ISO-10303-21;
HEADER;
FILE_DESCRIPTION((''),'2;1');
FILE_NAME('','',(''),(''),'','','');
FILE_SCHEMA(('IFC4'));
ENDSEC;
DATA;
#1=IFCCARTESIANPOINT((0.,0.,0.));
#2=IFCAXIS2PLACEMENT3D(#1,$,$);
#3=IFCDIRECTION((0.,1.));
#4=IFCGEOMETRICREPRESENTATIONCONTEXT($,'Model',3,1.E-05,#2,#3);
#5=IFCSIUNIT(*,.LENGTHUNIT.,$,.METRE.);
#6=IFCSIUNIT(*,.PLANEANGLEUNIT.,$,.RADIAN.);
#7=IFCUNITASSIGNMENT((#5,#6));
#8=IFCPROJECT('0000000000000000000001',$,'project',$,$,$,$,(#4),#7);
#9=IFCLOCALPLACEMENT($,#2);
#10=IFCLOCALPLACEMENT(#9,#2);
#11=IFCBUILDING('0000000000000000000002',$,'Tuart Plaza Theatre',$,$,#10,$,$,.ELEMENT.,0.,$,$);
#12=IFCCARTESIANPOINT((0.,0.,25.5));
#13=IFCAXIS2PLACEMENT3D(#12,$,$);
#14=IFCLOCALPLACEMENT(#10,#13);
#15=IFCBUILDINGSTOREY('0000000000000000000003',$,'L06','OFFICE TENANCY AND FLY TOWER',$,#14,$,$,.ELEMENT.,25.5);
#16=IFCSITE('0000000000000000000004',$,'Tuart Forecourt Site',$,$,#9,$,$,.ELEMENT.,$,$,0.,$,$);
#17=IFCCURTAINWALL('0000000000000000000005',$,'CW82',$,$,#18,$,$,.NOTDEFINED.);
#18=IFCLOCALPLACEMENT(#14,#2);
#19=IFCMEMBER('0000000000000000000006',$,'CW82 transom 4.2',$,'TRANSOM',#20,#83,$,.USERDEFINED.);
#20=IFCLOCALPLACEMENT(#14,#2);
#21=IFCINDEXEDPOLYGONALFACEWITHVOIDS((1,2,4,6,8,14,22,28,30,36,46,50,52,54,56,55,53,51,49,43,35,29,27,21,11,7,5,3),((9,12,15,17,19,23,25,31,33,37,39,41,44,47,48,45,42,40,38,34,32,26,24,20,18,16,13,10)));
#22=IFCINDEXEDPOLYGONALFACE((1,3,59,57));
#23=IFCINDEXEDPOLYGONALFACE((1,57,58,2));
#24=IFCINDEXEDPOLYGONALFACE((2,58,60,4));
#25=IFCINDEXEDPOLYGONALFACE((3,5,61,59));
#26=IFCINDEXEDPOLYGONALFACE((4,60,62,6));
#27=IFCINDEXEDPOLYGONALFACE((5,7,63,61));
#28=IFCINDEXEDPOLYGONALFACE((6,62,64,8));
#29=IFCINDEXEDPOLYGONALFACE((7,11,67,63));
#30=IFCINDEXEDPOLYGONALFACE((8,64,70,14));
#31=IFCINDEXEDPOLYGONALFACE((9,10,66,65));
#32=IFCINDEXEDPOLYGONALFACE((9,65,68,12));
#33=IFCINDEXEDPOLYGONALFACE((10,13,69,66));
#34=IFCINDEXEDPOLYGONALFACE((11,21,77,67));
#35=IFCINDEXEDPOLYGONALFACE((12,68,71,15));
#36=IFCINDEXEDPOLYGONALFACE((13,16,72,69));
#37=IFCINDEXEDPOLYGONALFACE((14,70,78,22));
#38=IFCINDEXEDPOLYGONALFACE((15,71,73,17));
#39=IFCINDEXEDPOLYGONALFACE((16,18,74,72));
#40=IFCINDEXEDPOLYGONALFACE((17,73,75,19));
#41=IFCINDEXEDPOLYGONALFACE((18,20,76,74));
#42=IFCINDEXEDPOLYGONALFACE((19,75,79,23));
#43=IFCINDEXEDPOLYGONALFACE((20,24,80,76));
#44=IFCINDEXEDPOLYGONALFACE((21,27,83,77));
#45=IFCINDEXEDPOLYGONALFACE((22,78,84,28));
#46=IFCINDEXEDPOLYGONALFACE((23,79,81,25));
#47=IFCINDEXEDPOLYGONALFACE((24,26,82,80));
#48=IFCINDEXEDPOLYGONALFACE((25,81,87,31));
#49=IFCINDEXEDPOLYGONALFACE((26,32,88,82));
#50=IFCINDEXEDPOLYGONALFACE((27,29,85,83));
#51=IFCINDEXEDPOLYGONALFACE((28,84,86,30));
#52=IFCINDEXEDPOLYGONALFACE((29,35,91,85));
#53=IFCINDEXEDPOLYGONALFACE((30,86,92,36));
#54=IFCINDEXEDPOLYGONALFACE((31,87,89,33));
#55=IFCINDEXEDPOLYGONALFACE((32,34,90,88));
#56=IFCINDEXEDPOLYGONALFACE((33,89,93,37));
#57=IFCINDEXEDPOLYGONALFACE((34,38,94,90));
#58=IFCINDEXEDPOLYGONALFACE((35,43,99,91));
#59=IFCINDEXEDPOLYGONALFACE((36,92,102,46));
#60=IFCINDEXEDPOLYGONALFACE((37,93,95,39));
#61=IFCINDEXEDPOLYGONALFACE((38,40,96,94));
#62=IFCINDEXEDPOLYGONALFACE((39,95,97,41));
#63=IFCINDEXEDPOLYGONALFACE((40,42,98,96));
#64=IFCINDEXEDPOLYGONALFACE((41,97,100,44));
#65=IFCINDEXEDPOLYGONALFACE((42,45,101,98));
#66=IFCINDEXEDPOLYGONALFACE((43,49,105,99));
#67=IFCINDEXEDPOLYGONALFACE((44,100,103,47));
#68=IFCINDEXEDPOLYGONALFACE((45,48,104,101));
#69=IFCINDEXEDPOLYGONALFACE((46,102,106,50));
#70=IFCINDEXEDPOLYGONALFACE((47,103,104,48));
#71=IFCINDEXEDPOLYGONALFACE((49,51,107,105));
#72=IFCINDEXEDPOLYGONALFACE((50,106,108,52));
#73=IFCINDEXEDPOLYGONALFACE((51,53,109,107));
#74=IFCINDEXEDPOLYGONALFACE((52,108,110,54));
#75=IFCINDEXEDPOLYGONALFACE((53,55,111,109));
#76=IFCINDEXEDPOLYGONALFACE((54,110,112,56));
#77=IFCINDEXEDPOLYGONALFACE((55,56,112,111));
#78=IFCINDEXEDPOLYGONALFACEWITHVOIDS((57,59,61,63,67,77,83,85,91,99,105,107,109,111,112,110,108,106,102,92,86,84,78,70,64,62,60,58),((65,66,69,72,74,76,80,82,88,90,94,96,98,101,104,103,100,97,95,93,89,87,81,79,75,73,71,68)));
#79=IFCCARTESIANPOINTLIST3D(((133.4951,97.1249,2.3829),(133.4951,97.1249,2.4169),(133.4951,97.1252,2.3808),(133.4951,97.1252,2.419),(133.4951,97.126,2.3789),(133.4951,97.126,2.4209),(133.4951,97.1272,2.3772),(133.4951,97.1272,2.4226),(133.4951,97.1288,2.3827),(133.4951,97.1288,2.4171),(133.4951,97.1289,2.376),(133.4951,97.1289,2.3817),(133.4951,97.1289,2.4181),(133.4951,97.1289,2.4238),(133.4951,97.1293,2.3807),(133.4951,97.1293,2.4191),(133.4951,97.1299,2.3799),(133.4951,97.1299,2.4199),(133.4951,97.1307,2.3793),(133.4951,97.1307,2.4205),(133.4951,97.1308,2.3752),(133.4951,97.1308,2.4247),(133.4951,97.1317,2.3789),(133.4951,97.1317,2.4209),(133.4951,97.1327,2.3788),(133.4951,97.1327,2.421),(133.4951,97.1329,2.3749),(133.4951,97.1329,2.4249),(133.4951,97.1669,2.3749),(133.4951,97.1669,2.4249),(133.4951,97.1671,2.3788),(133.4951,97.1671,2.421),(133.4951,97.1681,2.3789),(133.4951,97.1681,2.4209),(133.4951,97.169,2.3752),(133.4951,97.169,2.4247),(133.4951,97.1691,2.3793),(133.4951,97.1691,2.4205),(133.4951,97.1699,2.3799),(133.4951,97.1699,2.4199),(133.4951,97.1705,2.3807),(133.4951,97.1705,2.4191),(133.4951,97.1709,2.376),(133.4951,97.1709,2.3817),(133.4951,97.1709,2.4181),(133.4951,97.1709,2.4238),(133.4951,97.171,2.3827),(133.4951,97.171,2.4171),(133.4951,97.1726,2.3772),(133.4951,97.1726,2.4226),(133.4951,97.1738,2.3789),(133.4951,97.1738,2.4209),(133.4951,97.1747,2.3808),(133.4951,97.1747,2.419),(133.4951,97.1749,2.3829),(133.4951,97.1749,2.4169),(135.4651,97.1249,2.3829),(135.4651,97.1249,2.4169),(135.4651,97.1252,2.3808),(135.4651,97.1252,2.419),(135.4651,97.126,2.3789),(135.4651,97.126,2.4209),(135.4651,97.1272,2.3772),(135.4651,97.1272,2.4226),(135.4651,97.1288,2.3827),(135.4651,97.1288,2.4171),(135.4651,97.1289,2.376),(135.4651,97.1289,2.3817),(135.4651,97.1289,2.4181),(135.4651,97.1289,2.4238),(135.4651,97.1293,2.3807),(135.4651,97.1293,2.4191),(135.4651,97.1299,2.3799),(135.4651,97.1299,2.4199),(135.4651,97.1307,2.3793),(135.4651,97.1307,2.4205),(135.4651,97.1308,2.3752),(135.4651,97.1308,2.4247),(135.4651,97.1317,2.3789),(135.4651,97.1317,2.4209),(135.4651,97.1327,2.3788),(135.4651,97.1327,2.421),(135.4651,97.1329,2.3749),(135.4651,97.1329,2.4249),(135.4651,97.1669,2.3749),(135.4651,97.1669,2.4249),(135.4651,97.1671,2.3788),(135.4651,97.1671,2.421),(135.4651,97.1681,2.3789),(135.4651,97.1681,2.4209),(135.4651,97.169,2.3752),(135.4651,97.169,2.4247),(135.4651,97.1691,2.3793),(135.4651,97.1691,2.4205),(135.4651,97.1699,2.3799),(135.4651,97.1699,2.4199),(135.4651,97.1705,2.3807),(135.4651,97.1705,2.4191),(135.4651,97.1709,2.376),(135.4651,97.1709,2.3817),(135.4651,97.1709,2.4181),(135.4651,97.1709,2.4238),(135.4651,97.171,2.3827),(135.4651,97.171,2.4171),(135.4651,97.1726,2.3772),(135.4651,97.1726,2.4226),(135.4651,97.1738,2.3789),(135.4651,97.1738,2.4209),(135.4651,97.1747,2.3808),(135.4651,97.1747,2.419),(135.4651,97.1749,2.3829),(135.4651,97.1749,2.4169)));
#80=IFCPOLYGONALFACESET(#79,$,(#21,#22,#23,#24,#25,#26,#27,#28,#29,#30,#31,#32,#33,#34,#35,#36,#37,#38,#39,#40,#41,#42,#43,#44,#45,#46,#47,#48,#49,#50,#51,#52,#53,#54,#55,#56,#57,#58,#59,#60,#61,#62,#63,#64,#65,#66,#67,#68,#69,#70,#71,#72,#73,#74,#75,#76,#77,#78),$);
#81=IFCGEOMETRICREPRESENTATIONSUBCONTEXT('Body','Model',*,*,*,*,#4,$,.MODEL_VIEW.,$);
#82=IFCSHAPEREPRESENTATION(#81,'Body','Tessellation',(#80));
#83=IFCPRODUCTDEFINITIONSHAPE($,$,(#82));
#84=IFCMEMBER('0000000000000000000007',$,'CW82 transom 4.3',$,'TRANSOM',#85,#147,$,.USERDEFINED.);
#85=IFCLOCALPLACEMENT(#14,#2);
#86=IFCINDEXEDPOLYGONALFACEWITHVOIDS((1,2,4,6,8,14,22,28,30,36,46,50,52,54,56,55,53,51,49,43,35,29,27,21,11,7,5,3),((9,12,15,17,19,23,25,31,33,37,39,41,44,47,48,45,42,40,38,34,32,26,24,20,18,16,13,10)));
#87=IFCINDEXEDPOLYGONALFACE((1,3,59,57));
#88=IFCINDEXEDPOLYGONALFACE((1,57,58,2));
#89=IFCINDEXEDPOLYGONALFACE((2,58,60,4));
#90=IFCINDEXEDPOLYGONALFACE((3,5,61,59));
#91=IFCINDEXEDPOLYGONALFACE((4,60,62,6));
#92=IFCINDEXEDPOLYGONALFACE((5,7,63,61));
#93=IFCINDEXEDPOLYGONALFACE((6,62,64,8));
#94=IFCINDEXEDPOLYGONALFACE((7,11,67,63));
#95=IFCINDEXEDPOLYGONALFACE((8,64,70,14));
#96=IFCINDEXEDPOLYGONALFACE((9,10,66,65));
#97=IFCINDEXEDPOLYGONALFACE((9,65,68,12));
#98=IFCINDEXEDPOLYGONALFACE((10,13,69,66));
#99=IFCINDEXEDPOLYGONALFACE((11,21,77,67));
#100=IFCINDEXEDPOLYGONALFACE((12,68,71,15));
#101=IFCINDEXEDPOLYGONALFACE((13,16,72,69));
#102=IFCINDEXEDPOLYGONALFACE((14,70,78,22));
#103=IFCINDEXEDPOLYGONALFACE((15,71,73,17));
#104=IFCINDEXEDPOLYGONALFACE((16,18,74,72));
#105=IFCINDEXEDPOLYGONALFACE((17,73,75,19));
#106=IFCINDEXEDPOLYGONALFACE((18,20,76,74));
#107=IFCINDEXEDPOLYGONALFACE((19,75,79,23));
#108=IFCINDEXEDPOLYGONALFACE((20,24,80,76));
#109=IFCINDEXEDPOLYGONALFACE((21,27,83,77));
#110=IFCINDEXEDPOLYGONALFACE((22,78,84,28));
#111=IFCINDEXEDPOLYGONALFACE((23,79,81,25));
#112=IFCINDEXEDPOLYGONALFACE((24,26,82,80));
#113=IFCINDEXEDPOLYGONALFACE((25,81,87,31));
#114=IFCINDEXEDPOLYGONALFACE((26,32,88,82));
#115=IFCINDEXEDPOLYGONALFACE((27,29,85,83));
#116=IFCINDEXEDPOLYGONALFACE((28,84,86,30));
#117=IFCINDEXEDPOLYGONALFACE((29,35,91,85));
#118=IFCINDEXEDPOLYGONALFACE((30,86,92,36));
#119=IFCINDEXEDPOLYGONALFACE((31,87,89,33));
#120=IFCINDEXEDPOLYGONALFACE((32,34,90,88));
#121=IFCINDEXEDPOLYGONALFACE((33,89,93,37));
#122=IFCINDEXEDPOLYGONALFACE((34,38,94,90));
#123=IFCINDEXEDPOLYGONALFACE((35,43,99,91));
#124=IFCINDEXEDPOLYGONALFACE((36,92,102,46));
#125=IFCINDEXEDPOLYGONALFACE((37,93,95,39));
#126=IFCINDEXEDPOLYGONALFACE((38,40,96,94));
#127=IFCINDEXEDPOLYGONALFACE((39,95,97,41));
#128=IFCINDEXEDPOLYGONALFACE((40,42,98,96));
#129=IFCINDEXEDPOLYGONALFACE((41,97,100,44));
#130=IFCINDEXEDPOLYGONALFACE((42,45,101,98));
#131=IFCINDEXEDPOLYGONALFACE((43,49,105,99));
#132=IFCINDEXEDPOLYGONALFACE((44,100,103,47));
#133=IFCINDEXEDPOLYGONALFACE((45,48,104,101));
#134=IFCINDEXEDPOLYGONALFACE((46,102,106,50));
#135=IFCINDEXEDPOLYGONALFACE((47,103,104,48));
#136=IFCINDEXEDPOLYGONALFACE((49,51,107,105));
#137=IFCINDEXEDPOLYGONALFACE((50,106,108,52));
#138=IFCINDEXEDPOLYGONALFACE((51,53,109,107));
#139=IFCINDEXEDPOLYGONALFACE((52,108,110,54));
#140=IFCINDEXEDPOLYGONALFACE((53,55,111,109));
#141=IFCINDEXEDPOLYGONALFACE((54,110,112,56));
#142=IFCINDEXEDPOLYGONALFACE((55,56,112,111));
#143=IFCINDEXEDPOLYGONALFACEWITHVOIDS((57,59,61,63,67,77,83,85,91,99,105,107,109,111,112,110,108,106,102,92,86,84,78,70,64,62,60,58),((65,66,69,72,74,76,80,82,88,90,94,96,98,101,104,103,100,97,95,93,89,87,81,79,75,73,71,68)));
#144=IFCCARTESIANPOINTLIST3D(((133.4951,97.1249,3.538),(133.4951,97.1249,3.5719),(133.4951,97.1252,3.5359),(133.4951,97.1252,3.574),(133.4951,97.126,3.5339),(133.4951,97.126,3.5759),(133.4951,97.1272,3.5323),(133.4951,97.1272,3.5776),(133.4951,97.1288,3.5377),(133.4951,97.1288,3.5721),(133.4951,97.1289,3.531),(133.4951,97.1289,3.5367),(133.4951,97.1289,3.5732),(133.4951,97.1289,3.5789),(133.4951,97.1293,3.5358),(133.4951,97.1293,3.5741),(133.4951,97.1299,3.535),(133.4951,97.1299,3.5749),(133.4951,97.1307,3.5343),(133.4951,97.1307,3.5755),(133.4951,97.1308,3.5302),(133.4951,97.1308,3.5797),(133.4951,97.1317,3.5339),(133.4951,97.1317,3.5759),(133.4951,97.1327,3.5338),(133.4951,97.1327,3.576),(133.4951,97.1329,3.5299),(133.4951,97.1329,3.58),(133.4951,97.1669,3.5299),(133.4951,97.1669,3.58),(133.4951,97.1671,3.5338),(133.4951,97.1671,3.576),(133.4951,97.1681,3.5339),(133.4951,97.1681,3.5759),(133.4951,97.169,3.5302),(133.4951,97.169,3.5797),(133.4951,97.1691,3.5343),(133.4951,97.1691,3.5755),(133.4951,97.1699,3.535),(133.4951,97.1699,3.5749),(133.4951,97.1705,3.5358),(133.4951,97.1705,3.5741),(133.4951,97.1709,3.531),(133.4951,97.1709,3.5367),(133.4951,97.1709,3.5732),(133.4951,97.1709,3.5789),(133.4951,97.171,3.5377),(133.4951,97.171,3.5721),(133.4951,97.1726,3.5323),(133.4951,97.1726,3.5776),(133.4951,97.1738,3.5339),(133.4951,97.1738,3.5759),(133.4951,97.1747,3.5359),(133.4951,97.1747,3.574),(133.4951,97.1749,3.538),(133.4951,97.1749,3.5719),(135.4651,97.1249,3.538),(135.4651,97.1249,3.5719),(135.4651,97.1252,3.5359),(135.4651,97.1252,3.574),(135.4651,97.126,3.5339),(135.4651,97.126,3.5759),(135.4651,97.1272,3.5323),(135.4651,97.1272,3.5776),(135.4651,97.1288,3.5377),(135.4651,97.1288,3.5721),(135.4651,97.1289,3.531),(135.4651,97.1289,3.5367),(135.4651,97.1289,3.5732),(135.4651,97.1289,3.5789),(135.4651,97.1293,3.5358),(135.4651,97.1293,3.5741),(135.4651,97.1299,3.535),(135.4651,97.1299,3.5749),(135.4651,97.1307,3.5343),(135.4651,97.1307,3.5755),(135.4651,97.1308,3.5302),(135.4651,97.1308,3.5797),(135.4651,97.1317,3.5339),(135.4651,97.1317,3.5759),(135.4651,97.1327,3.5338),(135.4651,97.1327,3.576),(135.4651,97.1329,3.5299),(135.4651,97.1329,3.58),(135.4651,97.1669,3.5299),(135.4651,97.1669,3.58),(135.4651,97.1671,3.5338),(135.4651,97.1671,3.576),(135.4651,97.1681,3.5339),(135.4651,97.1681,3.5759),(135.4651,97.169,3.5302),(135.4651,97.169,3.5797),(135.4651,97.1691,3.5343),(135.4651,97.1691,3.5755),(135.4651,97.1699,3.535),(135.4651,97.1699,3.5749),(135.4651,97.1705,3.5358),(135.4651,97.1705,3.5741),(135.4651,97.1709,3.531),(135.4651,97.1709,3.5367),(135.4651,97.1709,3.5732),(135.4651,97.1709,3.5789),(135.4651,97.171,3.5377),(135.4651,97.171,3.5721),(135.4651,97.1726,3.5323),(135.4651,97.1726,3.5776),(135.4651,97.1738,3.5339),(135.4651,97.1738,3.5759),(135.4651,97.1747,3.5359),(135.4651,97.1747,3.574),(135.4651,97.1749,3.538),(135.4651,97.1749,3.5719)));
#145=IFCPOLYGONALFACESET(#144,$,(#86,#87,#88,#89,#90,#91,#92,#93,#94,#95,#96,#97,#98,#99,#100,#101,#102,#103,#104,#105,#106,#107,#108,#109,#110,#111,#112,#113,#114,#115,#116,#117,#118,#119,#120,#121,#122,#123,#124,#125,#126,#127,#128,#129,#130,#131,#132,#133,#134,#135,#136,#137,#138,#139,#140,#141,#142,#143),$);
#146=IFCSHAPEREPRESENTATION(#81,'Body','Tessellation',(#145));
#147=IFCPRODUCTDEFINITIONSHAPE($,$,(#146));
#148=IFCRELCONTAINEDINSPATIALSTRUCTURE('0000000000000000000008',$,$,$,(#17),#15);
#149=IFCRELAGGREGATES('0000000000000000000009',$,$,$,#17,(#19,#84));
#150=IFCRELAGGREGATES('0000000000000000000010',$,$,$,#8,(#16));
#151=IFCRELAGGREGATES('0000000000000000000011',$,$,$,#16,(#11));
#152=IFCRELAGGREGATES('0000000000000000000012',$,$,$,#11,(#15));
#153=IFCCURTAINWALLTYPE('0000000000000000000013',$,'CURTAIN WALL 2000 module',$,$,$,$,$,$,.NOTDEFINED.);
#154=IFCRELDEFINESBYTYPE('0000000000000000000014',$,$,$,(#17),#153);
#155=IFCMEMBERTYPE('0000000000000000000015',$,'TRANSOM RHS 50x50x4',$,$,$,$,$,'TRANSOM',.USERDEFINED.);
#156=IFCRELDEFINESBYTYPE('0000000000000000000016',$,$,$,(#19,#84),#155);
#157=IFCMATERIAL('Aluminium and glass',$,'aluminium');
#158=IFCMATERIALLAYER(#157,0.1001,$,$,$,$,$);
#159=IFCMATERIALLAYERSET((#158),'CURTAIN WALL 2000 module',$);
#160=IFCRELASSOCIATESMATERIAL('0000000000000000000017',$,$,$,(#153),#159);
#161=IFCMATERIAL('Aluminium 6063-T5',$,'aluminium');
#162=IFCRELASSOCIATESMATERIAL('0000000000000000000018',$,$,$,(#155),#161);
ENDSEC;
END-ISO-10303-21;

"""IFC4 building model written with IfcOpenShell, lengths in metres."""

from ifc_helpers import new_model, si_unit, direction, frame, origin, origin_2d, place, context, subcontext, project, spatial, hollow_rectangle, extrude, material, layer, layer_set, material_profile, profile_set, type_object, element, aggregate, save


model = new_model("IFC4")

# Units and contexts
model_context = context("Model", 3, precision=1e-05, world=origin(), true_north=direction((0.0, 1.0)))
body_context = subcontext(model_context, "Body", "Model", "MODEL_VIEW")
ifc_project = project(units=[si_unit("LENGTHUNIT", "METRE"), si_unit("PLANEANGLEUNIT", "RADIAN")], contexts=[model_context])

# Site, building, storey
site_placement = place(None, origin())
site = spatial("IfcSite", under=ifc_project, at=site_placement, Name="Tuart Forecourt Site", CompositionType="ELEMENT", RefElevation=0.0)
building_placement = place(site_placement, origin())
building = spatial("IfcBuilding", under=site, at=building_placement, Name="Tuart Plaza Theatre", CompositionType="ELEMENT", ElevationOfRefHeight=0.0)
storey_placement = place(building_placement, frame((0.0, 0.0, 25.5)))
storey = spatial("IfcBuildingStorey", under=building, at=storey_placement, Name="L06", Description="OFFICE TENANCY AND FLY TOWER", CompositionType="ELEMENT", Elevation=25.5)

# Curtain wall, members
ifc_material_1 = material(Name="Aluminium and glass", Category="aluminium")
ifc_layer_1 = layer(ifc_material_1, 0.1001)
ifc_layer_set_1 = layer_set([ifc_layer_1], Name="CURTAIN WALL 2000 module")
curtain_wall_type = type_object("IfcCurtainWallType", Name="CURTAIN WALL 2000 module", PredefinedType="NOTDEFINED", material=ifc_layer_set_1)
curtain_wall_placement = place(storey_placement, origin())
curtain_wall = element("IfcCurtainWall", 1, at=curtain_wall_placement, inside=storey, type_object=curtain_wall_type, Name="CW82", PredefinedType="NOTDEFINED")
ifc_material_2 = material(Name="Aluminium 6063-T5", Category="aluminium")
ifc_material_profile_1 = material_profile(ifc_material_2, hollow_rectangle(XDim=0.05, YDim=0.05, WallThickness=0.0039, InnerFilletRadius=0.0039, OuterFilletRadius=0.0081, at=origin_2d()), Name="RHS 50x50x4")
ifc_profile_set_1 = profile_set([ifc_material_profile_1], Name="Aluminium 6063-T5")
member_type_1 = type_object("IfcMemberType", Name="TRANSOM RHS 50x50x4", ElementType="TRANSOM", PredefinedType="USERDEFINED", material=ifc_profile_set_1)
member_1_placement = place(storey_placement, frame((135.4651, 97.1499, 2.3999), z_axis=(-1.0, 0.0, 0.0), x_axis=(0.0, -1.0, 0.0)))
member_1 = element("IfcMember", 2, at=member_1_placement, type_object=member_type_1, Name="CW82 transom 4.2", ObjectType="TRANSOM", PredefinedType="USERDEFINED", context=body_context, shape_type="SweptSolid", body=[
    extrude(hollow_rectangle(XDim=0.05, YDim=0.05, WallThickness=0.0039, InnerFilletRadius=0.0039, OuterFilletRadius=0.0081, at=origin_2d()), origin(), (0.0, 0.0, 1.0), 1.97),
])
member_2_placement = place(storey_placement, frame((135.4651, 97.1499, 3.5549), z_axis=(-1.0, 0.0, 0.0), x_axis=(0.0, -1.0, 0.0)))
member_2 = element("IfcMember", 3, at=member_2_placement, type_object=member_type_1, Name="CW82 transom 4.3", ObjectType="TRANSOM", PredefinedType="USERDEFINED", context=body_context, shape_type="SweptSolid", body=[
    extrude(hollow_rectangle(XDim=0.05, YDim=0.05, WallThickness=0.0039, InnerFilletRadius=0.0039, OuterFilletRadius=0.0081, at=origin_2d()), origin(), (0.0, 0.0, 1.0), 1.97),
])
aggregate(curtain_wall, [member_1, member_2])

save(model, "model.ifc")
